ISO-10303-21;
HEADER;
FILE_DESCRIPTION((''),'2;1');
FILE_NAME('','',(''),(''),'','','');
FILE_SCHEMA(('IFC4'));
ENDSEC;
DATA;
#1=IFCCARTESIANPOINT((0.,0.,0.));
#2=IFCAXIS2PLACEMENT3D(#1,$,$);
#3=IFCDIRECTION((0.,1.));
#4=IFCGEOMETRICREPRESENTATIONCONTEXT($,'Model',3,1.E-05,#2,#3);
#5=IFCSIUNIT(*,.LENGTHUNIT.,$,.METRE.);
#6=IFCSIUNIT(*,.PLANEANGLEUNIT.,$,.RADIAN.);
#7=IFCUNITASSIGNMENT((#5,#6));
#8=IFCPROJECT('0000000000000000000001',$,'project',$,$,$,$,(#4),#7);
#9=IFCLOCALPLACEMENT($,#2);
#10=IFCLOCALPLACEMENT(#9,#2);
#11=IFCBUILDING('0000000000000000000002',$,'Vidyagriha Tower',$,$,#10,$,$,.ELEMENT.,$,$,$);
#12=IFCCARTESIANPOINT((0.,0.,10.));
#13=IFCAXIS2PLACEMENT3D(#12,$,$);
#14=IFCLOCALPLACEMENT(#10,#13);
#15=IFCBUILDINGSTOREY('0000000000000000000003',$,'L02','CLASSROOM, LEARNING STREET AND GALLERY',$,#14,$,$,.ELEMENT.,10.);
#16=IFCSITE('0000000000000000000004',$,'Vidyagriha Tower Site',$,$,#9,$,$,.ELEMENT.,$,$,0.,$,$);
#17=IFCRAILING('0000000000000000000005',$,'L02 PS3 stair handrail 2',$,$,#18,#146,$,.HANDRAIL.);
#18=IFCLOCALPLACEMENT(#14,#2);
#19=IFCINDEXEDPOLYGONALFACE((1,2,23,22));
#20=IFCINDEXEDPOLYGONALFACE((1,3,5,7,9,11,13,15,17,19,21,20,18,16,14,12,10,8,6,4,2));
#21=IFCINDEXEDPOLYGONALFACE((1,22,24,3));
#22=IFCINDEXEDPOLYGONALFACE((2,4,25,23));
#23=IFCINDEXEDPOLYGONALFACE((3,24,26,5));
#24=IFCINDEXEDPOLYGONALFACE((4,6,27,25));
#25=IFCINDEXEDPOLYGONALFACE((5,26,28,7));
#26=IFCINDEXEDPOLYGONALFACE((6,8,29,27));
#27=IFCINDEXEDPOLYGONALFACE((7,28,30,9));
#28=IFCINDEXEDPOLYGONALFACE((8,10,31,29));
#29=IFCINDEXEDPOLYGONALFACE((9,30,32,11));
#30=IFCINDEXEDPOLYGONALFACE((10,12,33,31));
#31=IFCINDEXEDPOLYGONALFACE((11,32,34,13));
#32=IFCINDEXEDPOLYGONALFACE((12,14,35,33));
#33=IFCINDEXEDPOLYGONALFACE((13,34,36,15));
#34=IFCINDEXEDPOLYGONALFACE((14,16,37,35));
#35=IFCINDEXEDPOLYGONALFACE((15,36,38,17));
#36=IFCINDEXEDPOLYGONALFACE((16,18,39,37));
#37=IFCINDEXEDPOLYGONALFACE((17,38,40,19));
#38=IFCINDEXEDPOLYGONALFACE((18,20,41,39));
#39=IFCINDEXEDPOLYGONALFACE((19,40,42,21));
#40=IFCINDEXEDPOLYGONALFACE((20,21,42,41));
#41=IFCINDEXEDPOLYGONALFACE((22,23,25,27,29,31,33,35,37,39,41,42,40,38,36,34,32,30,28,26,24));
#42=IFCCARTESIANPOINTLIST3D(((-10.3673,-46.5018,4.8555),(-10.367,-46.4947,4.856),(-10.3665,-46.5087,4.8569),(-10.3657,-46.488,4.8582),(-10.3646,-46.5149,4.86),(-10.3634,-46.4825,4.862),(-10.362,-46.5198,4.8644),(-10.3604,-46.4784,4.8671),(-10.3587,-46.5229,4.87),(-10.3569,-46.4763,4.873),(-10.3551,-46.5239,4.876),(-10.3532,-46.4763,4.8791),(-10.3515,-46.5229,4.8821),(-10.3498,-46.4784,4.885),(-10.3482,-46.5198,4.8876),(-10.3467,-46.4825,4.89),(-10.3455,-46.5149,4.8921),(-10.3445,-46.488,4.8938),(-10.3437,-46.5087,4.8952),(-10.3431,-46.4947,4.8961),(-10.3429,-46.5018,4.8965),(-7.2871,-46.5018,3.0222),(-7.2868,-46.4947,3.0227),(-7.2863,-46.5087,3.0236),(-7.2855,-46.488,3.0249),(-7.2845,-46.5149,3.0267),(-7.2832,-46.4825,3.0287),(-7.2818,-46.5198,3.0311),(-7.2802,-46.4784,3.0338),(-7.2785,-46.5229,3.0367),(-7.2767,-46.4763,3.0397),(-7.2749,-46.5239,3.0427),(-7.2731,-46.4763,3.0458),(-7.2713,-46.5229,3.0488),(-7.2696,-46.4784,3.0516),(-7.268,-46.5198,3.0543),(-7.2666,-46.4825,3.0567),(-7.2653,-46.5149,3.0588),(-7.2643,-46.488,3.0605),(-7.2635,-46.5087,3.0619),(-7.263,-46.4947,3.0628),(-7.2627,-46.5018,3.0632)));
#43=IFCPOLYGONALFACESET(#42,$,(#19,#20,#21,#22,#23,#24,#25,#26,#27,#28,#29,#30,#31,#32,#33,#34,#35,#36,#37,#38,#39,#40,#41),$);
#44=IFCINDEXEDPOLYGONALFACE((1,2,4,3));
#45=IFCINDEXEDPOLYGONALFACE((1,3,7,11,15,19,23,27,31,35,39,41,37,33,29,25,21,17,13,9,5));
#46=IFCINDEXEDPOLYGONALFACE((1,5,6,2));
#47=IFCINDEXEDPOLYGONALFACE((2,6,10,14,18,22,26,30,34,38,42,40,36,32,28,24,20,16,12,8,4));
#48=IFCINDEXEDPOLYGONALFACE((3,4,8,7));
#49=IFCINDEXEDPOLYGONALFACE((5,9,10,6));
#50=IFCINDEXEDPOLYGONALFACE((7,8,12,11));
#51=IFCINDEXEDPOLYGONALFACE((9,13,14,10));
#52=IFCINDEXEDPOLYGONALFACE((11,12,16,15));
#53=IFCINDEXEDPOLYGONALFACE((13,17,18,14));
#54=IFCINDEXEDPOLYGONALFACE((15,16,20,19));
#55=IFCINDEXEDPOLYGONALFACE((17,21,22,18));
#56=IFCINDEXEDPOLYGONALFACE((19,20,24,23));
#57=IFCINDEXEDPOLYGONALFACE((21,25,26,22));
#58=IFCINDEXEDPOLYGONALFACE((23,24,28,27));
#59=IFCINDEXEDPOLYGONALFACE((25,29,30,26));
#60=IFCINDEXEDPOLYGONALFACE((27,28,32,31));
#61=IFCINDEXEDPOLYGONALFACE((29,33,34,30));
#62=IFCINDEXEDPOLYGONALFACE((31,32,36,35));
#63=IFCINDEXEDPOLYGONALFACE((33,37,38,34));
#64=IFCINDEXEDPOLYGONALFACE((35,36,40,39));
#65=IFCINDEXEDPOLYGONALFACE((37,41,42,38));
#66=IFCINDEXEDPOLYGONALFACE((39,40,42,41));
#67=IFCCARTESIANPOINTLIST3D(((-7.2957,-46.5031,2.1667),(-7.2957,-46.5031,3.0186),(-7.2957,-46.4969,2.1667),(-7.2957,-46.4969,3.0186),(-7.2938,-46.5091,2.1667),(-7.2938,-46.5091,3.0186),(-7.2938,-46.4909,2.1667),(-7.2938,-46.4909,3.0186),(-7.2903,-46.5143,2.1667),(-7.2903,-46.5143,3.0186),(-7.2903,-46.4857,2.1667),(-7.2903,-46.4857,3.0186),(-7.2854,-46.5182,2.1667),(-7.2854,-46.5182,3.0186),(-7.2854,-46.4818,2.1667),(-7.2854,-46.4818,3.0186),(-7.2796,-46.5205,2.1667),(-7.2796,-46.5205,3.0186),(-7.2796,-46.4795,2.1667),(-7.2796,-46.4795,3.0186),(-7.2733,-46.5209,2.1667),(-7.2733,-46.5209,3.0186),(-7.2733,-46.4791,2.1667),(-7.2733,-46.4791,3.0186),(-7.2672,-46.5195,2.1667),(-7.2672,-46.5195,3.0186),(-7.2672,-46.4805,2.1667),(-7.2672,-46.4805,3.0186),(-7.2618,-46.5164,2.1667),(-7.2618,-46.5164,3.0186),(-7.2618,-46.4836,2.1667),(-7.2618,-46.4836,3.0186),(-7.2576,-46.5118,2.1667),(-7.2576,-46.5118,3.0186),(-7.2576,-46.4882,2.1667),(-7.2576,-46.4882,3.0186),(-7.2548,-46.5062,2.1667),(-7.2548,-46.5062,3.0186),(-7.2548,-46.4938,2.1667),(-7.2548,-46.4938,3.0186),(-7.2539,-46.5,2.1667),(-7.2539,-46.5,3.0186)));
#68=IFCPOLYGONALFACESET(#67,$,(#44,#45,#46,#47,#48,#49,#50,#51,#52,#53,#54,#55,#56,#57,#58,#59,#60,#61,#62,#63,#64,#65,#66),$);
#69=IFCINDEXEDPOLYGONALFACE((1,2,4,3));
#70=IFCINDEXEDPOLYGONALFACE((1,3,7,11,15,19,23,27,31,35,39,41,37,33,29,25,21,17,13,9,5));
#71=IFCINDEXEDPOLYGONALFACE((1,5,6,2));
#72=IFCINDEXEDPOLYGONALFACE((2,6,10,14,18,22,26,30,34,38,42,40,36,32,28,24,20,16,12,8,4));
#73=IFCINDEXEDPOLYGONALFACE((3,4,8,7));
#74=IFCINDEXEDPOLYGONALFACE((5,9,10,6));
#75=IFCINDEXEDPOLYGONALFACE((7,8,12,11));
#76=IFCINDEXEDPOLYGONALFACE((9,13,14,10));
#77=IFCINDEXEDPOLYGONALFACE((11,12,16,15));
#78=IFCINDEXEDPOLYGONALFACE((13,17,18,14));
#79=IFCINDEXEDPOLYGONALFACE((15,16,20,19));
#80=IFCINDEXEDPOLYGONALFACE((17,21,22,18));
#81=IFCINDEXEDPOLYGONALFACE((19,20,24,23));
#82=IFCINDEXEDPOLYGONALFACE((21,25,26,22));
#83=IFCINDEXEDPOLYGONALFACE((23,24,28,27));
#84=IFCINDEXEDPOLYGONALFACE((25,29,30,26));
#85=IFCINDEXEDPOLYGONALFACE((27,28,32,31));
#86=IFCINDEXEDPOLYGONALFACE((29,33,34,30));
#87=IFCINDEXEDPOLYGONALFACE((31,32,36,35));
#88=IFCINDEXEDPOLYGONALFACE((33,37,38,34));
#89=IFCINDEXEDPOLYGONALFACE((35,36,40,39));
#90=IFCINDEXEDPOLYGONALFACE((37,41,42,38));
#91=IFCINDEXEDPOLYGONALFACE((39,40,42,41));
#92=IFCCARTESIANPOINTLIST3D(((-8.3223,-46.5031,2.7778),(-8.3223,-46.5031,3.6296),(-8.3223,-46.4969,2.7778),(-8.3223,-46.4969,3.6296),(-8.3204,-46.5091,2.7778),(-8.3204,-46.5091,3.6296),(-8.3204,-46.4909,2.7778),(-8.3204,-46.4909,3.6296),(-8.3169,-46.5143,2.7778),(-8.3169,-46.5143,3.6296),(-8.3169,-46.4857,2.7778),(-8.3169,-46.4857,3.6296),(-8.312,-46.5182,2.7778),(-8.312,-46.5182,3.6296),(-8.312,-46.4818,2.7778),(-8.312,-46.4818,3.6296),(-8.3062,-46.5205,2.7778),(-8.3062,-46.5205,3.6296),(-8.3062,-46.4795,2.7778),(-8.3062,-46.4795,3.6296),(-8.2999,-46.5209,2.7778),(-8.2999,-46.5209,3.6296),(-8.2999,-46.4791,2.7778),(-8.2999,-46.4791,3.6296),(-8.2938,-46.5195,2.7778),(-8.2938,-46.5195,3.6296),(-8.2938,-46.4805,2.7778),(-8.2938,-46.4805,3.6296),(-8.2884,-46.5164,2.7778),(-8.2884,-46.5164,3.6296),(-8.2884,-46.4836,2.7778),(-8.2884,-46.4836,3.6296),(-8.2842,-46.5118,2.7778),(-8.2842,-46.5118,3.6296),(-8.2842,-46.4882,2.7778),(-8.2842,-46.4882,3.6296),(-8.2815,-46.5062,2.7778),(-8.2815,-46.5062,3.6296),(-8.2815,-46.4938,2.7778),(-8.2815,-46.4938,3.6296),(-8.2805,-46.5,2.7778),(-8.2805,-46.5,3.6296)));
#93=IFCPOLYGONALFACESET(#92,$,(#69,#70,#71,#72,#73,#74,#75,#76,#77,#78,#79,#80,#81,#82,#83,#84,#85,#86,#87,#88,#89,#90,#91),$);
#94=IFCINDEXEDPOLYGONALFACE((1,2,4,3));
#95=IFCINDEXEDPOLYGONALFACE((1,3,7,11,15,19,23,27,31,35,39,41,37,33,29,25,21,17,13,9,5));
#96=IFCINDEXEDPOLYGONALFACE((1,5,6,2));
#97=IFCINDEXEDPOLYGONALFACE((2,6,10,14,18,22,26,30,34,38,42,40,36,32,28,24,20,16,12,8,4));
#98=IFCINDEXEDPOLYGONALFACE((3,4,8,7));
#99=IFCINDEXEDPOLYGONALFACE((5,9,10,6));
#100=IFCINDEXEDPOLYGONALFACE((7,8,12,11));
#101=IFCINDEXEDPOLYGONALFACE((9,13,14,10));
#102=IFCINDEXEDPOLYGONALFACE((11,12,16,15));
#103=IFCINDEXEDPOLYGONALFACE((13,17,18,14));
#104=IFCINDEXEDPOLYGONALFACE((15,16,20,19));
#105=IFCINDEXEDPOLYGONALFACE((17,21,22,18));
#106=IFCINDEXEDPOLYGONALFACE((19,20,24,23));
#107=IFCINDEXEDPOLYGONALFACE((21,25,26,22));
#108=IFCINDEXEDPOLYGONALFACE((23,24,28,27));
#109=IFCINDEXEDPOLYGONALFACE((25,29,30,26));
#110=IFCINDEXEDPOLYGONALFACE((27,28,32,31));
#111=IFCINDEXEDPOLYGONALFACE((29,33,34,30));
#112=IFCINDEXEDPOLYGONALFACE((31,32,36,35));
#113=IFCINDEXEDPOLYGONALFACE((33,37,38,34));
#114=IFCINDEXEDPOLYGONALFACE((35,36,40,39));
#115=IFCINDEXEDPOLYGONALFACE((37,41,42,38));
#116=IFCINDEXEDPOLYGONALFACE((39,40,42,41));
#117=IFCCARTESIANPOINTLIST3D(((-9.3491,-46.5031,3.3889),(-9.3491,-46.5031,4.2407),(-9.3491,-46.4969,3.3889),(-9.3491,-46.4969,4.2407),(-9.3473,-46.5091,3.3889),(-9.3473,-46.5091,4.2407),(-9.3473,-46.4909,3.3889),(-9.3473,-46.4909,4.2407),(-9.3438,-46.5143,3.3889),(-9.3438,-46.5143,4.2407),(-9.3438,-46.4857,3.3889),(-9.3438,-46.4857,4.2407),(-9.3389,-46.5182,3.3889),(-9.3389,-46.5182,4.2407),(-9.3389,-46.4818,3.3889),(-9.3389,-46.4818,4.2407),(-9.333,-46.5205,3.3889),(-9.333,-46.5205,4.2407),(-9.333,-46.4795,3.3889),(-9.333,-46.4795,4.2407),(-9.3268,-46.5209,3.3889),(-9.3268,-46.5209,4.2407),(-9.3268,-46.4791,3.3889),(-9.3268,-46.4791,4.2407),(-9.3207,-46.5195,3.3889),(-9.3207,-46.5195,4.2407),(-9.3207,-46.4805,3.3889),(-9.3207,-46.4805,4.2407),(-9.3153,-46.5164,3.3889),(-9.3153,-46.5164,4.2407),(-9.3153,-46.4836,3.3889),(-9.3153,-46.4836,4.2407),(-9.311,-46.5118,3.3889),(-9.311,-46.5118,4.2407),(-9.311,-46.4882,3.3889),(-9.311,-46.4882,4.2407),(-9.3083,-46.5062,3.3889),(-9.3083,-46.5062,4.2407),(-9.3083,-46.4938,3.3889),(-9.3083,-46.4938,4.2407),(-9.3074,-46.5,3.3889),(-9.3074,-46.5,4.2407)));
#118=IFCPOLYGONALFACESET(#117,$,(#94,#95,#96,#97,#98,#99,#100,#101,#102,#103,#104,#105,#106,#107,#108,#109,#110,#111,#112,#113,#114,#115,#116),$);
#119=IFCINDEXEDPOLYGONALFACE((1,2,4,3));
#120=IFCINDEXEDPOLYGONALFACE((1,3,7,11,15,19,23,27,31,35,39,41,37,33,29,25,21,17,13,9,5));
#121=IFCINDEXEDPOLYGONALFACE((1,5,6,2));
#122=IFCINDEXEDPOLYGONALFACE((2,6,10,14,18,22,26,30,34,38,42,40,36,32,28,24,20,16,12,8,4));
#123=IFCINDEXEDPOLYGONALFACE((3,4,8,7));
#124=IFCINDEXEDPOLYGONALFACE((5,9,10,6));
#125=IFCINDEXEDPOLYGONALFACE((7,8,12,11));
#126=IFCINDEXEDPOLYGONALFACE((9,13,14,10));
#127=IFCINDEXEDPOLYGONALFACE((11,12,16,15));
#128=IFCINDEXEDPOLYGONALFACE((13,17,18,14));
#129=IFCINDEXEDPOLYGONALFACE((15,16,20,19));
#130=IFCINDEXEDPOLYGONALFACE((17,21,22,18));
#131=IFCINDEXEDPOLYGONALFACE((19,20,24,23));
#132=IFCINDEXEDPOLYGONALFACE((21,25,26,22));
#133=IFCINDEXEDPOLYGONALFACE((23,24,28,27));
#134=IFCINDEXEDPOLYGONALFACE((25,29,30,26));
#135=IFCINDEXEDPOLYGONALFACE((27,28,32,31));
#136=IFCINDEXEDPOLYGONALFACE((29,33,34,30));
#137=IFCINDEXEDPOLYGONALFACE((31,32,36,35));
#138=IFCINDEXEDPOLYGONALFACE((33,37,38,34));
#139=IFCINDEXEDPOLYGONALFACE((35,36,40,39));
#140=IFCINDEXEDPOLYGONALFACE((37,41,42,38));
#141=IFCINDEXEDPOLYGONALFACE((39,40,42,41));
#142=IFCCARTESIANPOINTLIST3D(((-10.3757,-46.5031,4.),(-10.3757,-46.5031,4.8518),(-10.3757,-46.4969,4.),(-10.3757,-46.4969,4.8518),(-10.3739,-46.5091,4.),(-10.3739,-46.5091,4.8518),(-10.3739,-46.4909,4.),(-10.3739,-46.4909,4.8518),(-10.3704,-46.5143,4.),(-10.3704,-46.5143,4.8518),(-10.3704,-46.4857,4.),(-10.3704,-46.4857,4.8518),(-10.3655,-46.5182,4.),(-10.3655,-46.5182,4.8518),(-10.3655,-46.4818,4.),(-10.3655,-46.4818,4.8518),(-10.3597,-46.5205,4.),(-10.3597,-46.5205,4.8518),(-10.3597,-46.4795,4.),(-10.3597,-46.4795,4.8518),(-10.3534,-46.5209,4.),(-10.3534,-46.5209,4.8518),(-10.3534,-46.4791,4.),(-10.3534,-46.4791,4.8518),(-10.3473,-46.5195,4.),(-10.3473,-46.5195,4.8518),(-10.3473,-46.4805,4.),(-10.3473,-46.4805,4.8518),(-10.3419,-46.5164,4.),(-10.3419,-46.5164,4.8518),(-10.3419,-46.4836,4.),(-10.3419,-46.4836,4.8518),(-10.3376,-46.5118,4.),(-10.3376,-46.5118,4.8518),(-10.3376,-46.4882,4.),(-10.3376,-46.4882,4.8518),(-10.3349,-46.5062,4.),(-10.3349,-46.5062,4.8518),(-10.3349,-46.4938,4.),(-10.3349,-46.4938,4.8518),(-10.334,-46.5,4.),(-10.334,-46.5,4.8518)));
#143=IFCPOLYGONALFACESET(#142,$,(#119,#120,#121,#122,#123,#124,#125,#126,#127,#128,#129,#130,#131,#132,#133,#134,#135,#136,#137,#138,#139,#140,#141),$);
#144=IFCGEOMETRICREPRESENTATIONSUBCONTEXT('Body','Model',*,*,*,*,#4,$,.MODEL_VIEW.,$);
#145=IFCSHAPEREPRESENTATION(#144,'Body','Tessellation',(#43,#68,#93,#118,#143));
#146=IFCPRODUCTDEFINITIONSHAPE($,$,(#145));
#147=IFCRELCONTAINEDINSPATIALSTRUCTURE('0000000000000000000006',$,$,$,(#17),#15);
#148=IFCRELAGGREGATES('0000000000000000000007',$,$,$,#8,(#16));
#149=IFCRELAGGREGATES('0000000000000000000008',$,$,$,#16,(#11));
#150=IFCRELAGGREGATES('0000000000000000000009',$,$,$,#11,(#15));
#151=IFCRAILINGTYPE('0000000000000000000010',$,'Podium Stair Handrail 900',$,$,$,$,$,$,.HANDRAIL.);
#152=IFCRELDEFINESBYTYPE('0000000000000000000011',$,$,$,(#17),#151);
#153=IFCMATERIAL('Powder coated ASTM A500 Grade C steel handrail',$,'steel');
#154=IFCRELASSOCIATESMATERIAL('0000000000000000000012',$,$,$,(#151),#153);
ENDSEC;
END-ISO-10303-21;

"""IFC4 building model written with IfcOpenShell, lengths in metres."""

from ifc_helpers import new_model, si_unit, direction, frame, origin, origin_2d, place, context, subcontext, project, spatial, circle, extrude, material, type_object, element, save


model = new_model("IFC4")

# Units and contexts
model_context = context("Model", 3, precision=1e-05, world=origin(), true_north=direction((0.0, 1.0)))
body_context = subcontext(model_context, "Body", "Model", "MODEL_VIEW")
ifc_project = project(units=[si_unit("LENGTHUNIT", "METRE"), si_unit("PLANEANGLEUNIT", "RADIAN")], contexts=[model_context])

# Site, building, storey
site_placement = place(None, origin())
site = spatial("IfcSite", under=ifc_project, at=site_placement, Name="Vidyagriha Tower Site", CompositionType="ELEMENT", RefElevation=0.0)
building_placement = place(site_placement, origin())
building = spatial("IfcBuilding", under=site, at=building_placement, Name="Vidyagriha Tower", CompositionType="ELEMENT")
storey_placement = place(building_placement, frame((0.0, 0.0, 10.0)))
storey = spatial("IfcBuildingStorey", under=building, at=storey_placement, Name="L02", Description="CLASSROOM, LEARNING STREET AND GALLERY", CompositionType="ELEMENT", Elevation=10.0)

# Railing
ifc_material_1 = material(Name="Powder coated ASTM A500 Grade C steel handrail", Category="steel")
railing_type_1 = type_object("IfcRailingType", Name="Podium Stair Handrail 900", PredefinedType="HANDRAIL", material=ifc_material_1)
railing_1_placement = place(storey_placement, frame((-7.2749, -46.5, 2.1667)))
element("IfcRailing", 1, at=railing_1_placement, inside=storey, type_object=railing_type_1, Name="L02 PS3 stair handrail 2", PredefinedType="HANDRAIL", context=body_context, shape_type="SweptSolid", body=[
    extrude(circle(Radius=0.0239, at=origin_2d()), frame((0.0, 0.0, 0.876), z_axis=(-0.859309, 0.0, 0.511458), x_axis=(0.0, -1.0, 0.0)), (0.0, 0.0, 1.0), 3.5845),
    extrude(circle(Radius=0.021, at=origin_2d()), origin(), (0.0, 0.0, 1.0), 0.8518),
    extrude(circle(Radius=0.021, at=origin_2d()), frame((-1.0266, 0.0, 0.6111)), (0.0, 0.0, 1.0), 0.8518),
    extrude(circle(Radius=0.021, at=origin_2d()), frame((-2.0535, 0.0, 1.2222)), (0.0, 0.0, 1.0), 0.8518),
    extrude(circle(Radius=0.021, at=origin_2d()), frame((-3.0801, 0.0, 1.8333)), (0.0, 0.0, 1.0), 0.8518),
])

save(model, "model.ifc")
